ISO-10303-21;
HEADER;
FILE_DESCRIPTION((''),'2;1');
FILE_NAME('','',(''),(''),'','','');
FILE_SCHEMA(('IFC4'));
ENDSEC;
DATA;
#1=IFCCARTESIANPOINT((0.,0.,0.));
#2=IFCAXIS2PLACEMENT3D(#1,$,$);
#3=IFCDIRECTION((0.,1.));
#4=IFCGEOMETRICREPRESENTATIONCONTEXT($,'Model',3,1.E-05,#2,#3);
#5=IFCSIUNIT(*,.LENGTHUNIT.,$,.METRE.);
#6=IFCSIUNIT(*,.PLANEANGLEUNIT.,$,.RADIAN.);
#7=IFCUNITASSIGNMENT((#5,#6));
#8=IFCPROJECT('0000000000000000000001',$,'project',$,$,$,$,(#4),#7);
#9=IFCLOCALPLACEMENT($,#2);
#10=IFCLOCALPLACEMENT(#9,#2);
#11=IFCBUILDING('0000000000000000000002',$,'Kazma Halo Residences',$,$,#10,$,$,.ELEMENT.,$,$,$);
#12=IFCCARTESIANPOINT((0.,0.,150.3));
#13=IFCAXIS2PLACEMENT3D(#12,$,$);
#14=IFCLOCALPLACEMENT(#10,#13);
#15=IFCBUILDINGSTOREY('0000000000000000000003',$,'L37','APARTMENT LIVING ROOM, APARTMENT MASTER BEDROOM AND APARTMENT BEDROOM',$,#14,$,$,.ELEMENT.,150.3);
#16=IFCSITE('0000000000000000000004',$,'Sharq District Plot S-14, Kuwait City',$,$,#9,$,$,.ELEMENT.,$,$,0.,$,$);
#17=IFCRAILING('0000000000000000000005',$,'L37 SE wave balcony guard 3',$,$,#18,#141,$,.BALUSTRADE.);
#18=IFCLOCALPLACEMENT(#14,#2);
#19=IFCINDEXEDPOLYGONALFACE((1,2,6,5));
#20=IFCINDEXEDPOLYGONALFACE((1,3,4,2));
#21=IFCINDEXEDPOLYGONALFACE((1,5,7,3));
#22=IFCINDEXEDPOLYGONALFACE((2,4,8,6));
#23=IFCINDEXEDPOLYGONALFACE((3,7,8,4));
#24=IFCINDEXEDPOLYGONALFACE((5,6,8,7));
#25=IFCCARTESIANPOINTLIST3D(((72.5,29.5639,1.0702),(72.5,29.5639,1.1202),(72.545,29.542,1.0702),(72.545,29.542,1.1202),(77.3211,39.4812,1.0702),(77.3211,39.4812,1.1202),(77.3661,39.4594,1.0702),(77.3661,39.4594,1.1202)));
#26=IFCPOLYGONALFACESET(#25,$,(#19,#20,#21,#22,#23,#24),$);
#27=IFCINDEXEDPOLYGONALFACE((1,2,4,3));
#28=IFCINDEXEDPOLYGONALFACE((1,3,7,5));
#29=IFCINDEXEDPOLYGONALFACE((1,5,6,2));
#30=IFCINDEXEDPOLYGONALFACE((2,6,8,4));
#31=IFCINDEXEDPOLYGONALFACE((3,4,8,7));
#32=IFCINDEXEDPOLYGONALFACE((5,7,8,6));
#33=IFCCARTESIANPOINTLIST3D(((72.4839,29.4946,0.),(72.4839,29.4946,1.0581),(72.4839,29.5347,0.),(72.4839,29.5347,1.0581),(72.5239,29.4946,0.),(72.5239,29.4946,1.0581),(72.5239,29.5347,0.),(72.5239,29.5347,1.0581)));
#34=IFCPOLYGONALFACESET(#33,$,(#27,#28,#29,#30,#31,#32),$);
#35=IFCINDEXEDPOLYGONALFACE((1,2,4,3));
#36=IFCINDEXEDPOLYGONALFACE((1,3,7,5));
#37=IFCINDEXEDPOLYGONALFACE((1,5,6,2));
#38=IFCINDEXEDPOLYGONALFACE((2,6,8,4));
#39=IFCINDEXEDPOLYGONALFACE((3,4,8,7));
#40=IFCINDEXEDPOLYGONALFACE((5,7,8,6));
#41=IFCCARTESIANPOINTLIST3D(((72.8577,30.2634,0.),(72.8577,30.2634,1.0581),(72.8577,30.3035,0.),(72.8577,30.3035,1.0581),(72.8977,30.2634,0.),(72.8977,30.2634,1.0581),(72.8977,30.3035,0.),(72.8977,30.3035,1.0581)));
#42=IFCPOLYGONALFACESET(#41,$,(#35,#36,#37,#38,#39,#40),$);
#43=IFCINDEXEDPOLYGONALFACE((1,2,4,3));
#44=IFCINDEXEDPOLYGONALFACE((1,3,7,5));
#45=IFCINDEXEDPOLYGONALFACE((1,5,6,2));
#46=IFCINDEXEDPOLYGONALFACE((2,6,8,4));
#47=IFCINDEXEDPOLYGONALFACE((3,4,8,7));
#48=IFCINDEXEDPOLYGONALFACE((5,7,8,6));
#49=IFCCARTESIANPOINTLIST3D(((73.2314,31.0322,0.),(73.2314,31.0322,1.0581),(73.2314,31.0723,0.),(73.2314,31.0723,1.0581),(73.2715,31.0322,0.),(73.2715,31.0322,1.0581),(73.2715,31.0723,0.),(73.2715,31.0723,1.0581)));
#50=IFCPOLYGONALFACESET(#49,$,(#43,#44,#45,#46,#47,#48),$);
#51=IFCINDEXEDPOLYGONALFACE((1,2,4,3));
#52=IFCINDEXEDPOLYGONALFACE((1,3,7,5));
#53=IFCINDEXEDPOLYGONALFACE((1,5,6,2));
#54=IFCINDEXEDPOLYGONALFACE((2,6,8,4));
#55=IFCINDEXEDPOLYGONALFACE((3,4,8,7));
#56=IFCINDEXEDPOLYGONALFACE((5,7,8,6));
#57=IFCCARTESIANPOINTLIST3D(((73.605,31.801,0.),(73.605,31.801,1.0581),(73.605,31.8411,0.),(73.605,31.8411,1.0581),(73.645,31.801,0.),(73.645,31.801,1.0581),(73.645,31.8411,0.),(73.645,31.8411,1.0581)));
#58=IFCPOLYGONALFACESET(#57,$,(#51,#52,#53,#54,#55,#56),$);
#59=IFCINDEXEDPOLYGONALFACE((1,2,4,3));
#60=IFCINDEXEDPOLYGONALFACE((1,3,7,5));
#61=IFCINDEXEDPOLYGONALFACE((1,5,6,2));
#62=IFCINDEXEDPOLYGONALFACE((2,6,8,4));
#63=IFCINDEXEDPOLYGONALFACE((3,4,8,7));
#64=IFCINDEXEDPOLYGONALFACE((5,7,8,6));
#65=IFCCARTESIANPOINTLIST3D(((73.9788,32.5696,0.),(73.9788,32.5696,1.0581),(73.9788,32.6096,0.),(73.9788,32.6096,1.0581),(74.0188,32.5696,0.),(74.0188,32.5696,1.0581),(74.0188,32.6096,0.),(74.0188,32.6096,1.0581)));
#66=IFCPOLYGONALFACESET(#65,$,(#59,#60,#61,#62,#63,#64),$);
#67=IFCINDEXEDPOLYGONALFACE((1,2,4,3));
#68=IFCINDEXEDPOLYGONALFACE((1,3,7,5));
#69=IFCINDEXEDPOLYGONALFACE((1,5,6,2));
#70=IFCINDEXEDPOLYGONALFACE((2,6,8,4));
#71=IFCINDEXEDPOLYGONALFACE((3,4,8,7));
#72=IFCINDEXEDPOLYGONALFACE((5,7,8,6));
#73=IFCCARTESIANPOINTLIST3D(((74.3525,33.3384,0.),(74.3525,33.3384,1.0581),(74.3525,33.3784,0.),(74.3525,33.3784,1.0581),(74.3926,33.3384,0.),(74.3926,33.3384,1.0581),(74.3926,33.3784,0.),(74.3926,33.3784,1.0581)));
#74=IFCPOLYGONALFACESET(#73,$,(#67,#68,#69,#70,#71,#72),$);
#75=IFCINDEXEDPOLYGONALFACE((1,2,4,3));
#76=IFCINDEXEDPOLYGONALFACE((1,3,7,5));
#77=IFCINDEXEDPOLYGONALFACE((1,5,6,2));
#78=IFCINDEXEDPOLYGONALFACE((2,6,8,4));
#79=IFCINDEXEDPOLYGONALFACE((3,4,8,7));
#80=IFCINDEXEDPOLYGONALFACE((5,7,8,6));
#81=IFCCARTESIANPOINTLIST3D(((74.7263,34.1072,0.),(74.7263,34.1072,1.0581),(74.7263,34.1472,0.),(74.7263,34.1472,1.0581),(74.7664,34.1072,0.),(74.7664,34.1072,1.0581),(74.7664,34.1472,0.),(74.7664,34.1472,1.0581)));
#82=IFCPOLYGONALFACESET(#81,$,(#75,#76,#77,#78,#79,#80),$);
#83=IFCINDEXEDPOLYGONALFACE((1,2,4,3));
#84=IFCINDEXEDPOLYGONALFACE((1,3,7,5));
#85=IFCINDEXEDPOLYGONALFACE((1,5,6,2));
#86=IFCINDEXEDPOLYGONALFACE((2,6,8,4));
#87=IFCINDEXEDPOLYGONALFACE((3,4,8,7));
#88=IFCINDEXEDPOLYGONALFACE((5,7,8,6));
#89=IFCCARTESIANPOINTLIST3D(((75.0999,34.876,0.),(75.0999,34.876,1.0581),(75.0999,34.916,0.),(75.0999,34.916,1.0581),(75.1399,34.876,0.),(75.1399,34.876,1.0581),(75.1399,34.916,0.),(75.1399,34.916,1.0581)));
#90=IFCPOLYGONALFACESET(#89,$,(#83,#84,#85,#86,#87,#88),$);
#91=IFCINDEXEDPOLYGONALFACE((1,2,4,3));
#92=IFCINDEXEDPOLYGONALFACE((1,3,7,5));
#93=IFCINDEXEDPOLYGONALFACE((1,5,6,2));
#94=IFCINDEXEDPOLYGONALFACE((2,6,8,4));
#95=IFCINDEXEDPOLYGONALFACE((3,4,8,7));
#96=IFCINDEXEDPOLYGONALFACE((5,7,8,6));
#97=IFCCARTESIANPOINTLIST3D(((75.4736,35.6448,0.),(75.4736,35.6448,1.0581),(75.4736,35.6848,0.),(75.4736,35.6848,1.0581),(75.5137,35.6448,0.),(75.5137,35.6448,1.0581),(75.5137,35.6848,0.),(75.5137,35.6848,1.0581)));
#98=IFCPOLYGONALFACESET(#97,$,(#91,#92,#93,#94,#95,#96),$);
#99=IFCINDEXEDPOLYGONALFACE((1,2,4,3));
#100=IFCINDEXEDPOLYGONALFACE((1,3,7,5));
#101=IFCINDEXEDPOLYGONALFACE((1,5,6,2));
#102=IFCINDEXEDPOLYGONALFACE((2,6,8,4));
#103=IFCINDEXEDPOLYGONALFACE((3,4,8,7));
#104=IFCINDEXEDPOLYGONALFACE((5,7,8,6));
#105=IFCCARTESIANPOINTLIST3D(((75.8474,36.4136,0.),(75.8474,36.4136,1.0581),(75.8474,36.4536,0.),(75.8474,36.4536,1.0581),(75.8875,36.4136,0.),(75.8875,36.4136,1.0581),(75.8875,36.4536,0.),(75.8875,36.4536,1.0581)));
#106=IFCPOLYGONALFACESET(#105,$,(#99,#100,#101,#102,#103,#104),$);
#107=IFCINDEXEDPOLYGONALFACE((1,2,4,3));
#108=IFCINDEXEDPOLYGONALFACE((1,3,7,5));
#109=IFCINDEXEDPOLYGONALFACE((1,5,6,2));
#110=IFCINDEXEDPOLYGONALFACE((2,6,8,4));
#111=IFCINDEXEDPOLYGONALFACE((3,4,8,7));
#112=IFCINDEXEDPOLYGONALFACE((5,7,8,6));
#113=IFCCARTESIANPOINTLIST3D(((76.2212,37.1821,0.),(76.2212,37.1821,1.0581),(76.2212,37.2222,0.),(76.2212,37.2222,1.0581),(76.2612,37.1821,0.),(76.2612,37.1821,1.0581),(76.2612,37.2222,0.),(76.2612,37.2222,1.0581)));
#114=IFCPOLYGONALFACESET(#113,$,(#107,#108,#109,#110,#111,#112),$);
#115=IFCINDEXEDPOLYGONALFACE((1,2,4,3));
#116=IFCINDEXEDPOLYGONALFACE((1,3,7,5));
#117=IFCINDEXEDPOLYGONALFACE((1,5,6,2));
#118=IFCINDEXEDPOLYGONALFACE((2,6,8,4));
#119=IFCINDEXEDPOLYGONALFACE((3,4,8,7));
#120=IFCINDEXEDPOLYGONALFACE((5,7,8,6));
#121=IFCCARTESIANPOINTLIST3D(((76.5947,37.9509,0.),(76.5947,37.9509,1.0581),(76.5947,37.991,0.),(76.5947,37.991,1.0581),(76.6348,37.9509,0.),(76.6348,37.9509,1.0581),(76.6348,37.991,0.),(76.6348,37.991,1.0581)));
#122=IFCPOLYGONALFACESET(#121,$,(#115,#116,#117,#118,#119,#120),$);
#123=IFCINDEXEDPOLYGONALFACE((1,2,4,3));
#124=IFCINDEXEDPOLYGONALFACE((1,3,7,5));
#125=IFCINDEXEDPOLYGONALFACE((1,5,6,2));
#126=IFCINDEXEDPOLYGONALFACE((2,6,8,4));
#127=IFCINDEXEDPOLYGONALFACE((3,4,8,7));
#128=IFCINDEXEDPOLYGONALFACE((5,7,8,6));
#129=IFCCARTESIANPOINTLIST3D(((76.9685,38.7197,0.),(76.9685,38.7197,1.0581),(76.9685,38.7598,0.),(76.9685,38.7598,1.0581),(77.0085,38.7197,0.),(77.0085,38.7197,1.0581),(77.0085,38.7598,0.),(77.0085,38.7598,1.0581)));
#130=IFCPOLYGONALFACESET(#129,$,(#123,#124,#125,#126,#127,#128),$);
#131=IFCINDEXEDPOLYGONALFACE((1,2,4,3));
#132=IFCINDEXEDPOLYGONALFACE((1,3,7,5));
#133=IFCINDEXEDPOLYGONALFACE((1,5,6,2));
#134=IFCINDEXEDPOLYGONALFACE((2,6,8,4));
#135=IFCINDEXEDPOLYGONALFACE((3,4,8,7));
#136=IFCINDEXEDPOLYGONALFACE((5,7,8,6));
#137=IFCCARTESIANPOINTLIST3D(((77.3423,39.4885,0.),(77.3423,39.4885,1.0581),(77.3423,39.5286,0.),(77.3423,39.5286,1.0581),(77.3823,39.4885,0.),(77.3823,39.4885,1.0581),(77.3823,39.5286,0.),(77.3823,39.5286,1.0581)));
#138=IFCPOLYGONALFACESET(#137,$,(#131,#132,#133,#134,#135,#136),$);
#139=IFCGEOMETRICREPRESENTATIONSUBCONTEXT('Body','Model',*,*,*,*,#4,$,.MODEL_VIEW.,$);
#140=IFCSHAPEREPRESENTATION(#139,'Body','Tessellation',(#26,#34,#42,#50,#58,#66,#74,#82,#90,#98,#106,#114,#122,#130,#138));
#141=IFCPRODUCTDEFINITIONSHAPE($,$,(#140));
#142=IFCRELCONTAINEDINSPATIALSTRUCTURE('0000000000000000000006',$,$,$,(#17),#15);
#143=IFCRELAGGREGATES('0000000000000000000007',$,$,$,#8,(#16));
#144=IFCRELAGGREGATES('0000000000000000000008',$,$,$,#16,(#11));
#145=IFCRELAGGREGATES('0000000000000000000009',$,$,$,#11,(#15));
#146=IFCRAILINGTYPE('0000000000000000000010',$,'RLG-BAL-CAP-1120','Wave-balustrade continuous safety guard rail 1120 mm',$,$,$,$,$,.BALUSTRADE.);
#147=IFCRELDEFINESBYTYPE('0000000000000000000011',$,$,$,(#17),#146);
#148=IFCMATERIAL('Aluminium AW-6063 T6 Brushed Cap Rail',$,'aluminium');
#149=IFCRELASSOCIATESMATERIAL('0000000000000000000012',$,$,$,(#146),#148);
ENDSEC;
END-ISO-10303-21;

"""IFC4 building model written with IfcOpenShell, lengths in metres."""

from ifc_helpers import new_model, si_unit, direction, frame, origin, origin_2d, place, context, subcontext, project, spatial, rectangle, extrude, material, type_object, element, save


model = new_model("IFC4")

# Units and contexts
model_context = context("Model", 3, precision=1e-05, world=origin(), true_north=direction((0.0, 1.0)))
body_context = subcontext(model_context, "Body", "Model", "MODEL_VIEW")
ifc_project = project(units=[si_unit("LENGTHUNIT", "METRE"), si_unit("PLANEANGLEUNIT", "RADIAN")], contexts=[model_context])

# Site, building, storey
site_placement = place(None, origin())
site = spatial("IfcSite", under=ifc_project, at=site_placement, Name="Sharq District Plot S-14, Kuwait City", CompositionType="ELEMENT", RefElevation=0.0)
building_placement = place(site_placement, origin())
building = spatial("IfcBuilding", under=site, at=building_placement, Name="Kazma Halo Residences", CompositionType="ELEMENT")
storey_placement = place(building_placement, frame((0.0, 0.0, 150.3)))
storey = spatial("IfcBuildingStorey", under=building, at=storey_placement, Name="L37", Description="APARTMENT LIVING ROOM, APARTMENT MASTER BEDROOM AND APARTMENT BEDROOM", CompositionType="ELEMENT", Elevation=150.3)

# Railing
ifc_material_1 = material(Name="Aluminium AW-6063 T6 Brushed Cap Rail", Category="aluminium")
railing_type = type_object("IfcRailingType", Name="RLG-BAL-CAP-1120", Description="Wave-balustrade continuous safety guard rail 1120 mm", PredefinedType="BALUSTRADE", material=ifc_material_1)
railing_1_placement = place(storey_placement, frame((72.5039, 29.5146, 0.0)))
element("IfcRailing", 1, at=railing_1_placement, inside=storey, type_object=railing_type, Name="L37 SE wave balcony guard 3", PredefinedType="BALUSTRADE", context=body_context, shape_type="SweptSolid", body=[
    extrude(rectangle(XDim=0.05, YDim=0.05, at=origin_2d()), frame((0.0186, 0.0383, 1.0952), z_axis=(0.437211, 0.899359, 0.0), x_axis=(-0.899359, 0.437211, 0.0)), (0.0, 0.0, 1.0), 11.0271),
    extrude(rectangle(XDim=0.04, YDim=0.04, at=origin_2d()), origin(), (0.0, 0.0, 1.0), 1.0581),
    extrude(rectangle(XDim=0.04, YDim=0.04, at=origin_2d()), frame((0.3738, 0.7688, 0.0)), (0.0, 0.0, 1.0), 1.0581),
    extrude(rectangle(XDim=0.04, YDim=0.04, at=origin_2d()), frame((0.7476, 1.5376, 0.0)), (0.0, 0.0, 1.0), 1.0581),
    extrude(rectangle(XDim=0.04, YDim=0.04, at=origin_2d()), frame((1.1211, 2.3064, 0.0)), (0.0, 0.0, 1.0), 1.0581),
    extrude(rectangle(XDim=0.04, YDim=0.04, at=origin_2d()), frame((1.4949, 3.075, 0.0)), (0.0, 0.0, 1.0), 1.0581),
    extrude(rectangle(XDim=0.04, YDim=0.04, at=origin_2d()), frame((1.8687, 3.8438, 0.0)), (0.0, 0.0, 1.0), 1.0581),
    extrude(rectangle(XDim=0.04, YDim=0.04, at=origin_2d()), frame((2.2424, 4.6125, 0.0)), (0.0, 0.0, 1.0), 1.0581),
    extrude(rectangle(XDim=0.04, YDim=0.04, at=origin_2d()), frame((2.616, 5.3813, 0.0)), (0.0, 0.0, 1.0), 1.0581),
    extrude(rectangle(XDim=0.04, YDim=0.04, at=origin_2d()), frame((2.9897, 6.1501, 0.0)), (0.0, 0.0, 1.0), 1.0581),
    extrude(rectangle(XDim=0.04, YDim=0.04, at=origin_2d()), frame((3.3635, 6.9189, 0.0)), (0.0, 0.0, 1.0), 1.0581),
    extrude(rectangle(XDim=0.04, YDim=0.04, at=origin_2d()), frame((3.7373, 7.6875, 0.0)), (0.0, 0.0, 1.0), 1.0581),
    extrude(rectangle(XDim=0.04, YDim=0.04, at=origin_2d()), frame((4.1108, 8.4563, 0.0)), (0.0, 0.0, 1.0), 1.0581),
    extrude(rectangle(XDim=0.04, YDim=0.04, at=origin_2d()), frame((4.4846, 9.2251, 0.0)), (0.0, 0.0, 1.0), 1.0581),
    extrude(rectangle(XDim=0.04, YDim=0.04, at=origin_2d()), frame((4.8584, 9.9939, 0.0)), (0.0, 0.0, 1.0), 1.0581),
])

save(model, "model.ifc")
